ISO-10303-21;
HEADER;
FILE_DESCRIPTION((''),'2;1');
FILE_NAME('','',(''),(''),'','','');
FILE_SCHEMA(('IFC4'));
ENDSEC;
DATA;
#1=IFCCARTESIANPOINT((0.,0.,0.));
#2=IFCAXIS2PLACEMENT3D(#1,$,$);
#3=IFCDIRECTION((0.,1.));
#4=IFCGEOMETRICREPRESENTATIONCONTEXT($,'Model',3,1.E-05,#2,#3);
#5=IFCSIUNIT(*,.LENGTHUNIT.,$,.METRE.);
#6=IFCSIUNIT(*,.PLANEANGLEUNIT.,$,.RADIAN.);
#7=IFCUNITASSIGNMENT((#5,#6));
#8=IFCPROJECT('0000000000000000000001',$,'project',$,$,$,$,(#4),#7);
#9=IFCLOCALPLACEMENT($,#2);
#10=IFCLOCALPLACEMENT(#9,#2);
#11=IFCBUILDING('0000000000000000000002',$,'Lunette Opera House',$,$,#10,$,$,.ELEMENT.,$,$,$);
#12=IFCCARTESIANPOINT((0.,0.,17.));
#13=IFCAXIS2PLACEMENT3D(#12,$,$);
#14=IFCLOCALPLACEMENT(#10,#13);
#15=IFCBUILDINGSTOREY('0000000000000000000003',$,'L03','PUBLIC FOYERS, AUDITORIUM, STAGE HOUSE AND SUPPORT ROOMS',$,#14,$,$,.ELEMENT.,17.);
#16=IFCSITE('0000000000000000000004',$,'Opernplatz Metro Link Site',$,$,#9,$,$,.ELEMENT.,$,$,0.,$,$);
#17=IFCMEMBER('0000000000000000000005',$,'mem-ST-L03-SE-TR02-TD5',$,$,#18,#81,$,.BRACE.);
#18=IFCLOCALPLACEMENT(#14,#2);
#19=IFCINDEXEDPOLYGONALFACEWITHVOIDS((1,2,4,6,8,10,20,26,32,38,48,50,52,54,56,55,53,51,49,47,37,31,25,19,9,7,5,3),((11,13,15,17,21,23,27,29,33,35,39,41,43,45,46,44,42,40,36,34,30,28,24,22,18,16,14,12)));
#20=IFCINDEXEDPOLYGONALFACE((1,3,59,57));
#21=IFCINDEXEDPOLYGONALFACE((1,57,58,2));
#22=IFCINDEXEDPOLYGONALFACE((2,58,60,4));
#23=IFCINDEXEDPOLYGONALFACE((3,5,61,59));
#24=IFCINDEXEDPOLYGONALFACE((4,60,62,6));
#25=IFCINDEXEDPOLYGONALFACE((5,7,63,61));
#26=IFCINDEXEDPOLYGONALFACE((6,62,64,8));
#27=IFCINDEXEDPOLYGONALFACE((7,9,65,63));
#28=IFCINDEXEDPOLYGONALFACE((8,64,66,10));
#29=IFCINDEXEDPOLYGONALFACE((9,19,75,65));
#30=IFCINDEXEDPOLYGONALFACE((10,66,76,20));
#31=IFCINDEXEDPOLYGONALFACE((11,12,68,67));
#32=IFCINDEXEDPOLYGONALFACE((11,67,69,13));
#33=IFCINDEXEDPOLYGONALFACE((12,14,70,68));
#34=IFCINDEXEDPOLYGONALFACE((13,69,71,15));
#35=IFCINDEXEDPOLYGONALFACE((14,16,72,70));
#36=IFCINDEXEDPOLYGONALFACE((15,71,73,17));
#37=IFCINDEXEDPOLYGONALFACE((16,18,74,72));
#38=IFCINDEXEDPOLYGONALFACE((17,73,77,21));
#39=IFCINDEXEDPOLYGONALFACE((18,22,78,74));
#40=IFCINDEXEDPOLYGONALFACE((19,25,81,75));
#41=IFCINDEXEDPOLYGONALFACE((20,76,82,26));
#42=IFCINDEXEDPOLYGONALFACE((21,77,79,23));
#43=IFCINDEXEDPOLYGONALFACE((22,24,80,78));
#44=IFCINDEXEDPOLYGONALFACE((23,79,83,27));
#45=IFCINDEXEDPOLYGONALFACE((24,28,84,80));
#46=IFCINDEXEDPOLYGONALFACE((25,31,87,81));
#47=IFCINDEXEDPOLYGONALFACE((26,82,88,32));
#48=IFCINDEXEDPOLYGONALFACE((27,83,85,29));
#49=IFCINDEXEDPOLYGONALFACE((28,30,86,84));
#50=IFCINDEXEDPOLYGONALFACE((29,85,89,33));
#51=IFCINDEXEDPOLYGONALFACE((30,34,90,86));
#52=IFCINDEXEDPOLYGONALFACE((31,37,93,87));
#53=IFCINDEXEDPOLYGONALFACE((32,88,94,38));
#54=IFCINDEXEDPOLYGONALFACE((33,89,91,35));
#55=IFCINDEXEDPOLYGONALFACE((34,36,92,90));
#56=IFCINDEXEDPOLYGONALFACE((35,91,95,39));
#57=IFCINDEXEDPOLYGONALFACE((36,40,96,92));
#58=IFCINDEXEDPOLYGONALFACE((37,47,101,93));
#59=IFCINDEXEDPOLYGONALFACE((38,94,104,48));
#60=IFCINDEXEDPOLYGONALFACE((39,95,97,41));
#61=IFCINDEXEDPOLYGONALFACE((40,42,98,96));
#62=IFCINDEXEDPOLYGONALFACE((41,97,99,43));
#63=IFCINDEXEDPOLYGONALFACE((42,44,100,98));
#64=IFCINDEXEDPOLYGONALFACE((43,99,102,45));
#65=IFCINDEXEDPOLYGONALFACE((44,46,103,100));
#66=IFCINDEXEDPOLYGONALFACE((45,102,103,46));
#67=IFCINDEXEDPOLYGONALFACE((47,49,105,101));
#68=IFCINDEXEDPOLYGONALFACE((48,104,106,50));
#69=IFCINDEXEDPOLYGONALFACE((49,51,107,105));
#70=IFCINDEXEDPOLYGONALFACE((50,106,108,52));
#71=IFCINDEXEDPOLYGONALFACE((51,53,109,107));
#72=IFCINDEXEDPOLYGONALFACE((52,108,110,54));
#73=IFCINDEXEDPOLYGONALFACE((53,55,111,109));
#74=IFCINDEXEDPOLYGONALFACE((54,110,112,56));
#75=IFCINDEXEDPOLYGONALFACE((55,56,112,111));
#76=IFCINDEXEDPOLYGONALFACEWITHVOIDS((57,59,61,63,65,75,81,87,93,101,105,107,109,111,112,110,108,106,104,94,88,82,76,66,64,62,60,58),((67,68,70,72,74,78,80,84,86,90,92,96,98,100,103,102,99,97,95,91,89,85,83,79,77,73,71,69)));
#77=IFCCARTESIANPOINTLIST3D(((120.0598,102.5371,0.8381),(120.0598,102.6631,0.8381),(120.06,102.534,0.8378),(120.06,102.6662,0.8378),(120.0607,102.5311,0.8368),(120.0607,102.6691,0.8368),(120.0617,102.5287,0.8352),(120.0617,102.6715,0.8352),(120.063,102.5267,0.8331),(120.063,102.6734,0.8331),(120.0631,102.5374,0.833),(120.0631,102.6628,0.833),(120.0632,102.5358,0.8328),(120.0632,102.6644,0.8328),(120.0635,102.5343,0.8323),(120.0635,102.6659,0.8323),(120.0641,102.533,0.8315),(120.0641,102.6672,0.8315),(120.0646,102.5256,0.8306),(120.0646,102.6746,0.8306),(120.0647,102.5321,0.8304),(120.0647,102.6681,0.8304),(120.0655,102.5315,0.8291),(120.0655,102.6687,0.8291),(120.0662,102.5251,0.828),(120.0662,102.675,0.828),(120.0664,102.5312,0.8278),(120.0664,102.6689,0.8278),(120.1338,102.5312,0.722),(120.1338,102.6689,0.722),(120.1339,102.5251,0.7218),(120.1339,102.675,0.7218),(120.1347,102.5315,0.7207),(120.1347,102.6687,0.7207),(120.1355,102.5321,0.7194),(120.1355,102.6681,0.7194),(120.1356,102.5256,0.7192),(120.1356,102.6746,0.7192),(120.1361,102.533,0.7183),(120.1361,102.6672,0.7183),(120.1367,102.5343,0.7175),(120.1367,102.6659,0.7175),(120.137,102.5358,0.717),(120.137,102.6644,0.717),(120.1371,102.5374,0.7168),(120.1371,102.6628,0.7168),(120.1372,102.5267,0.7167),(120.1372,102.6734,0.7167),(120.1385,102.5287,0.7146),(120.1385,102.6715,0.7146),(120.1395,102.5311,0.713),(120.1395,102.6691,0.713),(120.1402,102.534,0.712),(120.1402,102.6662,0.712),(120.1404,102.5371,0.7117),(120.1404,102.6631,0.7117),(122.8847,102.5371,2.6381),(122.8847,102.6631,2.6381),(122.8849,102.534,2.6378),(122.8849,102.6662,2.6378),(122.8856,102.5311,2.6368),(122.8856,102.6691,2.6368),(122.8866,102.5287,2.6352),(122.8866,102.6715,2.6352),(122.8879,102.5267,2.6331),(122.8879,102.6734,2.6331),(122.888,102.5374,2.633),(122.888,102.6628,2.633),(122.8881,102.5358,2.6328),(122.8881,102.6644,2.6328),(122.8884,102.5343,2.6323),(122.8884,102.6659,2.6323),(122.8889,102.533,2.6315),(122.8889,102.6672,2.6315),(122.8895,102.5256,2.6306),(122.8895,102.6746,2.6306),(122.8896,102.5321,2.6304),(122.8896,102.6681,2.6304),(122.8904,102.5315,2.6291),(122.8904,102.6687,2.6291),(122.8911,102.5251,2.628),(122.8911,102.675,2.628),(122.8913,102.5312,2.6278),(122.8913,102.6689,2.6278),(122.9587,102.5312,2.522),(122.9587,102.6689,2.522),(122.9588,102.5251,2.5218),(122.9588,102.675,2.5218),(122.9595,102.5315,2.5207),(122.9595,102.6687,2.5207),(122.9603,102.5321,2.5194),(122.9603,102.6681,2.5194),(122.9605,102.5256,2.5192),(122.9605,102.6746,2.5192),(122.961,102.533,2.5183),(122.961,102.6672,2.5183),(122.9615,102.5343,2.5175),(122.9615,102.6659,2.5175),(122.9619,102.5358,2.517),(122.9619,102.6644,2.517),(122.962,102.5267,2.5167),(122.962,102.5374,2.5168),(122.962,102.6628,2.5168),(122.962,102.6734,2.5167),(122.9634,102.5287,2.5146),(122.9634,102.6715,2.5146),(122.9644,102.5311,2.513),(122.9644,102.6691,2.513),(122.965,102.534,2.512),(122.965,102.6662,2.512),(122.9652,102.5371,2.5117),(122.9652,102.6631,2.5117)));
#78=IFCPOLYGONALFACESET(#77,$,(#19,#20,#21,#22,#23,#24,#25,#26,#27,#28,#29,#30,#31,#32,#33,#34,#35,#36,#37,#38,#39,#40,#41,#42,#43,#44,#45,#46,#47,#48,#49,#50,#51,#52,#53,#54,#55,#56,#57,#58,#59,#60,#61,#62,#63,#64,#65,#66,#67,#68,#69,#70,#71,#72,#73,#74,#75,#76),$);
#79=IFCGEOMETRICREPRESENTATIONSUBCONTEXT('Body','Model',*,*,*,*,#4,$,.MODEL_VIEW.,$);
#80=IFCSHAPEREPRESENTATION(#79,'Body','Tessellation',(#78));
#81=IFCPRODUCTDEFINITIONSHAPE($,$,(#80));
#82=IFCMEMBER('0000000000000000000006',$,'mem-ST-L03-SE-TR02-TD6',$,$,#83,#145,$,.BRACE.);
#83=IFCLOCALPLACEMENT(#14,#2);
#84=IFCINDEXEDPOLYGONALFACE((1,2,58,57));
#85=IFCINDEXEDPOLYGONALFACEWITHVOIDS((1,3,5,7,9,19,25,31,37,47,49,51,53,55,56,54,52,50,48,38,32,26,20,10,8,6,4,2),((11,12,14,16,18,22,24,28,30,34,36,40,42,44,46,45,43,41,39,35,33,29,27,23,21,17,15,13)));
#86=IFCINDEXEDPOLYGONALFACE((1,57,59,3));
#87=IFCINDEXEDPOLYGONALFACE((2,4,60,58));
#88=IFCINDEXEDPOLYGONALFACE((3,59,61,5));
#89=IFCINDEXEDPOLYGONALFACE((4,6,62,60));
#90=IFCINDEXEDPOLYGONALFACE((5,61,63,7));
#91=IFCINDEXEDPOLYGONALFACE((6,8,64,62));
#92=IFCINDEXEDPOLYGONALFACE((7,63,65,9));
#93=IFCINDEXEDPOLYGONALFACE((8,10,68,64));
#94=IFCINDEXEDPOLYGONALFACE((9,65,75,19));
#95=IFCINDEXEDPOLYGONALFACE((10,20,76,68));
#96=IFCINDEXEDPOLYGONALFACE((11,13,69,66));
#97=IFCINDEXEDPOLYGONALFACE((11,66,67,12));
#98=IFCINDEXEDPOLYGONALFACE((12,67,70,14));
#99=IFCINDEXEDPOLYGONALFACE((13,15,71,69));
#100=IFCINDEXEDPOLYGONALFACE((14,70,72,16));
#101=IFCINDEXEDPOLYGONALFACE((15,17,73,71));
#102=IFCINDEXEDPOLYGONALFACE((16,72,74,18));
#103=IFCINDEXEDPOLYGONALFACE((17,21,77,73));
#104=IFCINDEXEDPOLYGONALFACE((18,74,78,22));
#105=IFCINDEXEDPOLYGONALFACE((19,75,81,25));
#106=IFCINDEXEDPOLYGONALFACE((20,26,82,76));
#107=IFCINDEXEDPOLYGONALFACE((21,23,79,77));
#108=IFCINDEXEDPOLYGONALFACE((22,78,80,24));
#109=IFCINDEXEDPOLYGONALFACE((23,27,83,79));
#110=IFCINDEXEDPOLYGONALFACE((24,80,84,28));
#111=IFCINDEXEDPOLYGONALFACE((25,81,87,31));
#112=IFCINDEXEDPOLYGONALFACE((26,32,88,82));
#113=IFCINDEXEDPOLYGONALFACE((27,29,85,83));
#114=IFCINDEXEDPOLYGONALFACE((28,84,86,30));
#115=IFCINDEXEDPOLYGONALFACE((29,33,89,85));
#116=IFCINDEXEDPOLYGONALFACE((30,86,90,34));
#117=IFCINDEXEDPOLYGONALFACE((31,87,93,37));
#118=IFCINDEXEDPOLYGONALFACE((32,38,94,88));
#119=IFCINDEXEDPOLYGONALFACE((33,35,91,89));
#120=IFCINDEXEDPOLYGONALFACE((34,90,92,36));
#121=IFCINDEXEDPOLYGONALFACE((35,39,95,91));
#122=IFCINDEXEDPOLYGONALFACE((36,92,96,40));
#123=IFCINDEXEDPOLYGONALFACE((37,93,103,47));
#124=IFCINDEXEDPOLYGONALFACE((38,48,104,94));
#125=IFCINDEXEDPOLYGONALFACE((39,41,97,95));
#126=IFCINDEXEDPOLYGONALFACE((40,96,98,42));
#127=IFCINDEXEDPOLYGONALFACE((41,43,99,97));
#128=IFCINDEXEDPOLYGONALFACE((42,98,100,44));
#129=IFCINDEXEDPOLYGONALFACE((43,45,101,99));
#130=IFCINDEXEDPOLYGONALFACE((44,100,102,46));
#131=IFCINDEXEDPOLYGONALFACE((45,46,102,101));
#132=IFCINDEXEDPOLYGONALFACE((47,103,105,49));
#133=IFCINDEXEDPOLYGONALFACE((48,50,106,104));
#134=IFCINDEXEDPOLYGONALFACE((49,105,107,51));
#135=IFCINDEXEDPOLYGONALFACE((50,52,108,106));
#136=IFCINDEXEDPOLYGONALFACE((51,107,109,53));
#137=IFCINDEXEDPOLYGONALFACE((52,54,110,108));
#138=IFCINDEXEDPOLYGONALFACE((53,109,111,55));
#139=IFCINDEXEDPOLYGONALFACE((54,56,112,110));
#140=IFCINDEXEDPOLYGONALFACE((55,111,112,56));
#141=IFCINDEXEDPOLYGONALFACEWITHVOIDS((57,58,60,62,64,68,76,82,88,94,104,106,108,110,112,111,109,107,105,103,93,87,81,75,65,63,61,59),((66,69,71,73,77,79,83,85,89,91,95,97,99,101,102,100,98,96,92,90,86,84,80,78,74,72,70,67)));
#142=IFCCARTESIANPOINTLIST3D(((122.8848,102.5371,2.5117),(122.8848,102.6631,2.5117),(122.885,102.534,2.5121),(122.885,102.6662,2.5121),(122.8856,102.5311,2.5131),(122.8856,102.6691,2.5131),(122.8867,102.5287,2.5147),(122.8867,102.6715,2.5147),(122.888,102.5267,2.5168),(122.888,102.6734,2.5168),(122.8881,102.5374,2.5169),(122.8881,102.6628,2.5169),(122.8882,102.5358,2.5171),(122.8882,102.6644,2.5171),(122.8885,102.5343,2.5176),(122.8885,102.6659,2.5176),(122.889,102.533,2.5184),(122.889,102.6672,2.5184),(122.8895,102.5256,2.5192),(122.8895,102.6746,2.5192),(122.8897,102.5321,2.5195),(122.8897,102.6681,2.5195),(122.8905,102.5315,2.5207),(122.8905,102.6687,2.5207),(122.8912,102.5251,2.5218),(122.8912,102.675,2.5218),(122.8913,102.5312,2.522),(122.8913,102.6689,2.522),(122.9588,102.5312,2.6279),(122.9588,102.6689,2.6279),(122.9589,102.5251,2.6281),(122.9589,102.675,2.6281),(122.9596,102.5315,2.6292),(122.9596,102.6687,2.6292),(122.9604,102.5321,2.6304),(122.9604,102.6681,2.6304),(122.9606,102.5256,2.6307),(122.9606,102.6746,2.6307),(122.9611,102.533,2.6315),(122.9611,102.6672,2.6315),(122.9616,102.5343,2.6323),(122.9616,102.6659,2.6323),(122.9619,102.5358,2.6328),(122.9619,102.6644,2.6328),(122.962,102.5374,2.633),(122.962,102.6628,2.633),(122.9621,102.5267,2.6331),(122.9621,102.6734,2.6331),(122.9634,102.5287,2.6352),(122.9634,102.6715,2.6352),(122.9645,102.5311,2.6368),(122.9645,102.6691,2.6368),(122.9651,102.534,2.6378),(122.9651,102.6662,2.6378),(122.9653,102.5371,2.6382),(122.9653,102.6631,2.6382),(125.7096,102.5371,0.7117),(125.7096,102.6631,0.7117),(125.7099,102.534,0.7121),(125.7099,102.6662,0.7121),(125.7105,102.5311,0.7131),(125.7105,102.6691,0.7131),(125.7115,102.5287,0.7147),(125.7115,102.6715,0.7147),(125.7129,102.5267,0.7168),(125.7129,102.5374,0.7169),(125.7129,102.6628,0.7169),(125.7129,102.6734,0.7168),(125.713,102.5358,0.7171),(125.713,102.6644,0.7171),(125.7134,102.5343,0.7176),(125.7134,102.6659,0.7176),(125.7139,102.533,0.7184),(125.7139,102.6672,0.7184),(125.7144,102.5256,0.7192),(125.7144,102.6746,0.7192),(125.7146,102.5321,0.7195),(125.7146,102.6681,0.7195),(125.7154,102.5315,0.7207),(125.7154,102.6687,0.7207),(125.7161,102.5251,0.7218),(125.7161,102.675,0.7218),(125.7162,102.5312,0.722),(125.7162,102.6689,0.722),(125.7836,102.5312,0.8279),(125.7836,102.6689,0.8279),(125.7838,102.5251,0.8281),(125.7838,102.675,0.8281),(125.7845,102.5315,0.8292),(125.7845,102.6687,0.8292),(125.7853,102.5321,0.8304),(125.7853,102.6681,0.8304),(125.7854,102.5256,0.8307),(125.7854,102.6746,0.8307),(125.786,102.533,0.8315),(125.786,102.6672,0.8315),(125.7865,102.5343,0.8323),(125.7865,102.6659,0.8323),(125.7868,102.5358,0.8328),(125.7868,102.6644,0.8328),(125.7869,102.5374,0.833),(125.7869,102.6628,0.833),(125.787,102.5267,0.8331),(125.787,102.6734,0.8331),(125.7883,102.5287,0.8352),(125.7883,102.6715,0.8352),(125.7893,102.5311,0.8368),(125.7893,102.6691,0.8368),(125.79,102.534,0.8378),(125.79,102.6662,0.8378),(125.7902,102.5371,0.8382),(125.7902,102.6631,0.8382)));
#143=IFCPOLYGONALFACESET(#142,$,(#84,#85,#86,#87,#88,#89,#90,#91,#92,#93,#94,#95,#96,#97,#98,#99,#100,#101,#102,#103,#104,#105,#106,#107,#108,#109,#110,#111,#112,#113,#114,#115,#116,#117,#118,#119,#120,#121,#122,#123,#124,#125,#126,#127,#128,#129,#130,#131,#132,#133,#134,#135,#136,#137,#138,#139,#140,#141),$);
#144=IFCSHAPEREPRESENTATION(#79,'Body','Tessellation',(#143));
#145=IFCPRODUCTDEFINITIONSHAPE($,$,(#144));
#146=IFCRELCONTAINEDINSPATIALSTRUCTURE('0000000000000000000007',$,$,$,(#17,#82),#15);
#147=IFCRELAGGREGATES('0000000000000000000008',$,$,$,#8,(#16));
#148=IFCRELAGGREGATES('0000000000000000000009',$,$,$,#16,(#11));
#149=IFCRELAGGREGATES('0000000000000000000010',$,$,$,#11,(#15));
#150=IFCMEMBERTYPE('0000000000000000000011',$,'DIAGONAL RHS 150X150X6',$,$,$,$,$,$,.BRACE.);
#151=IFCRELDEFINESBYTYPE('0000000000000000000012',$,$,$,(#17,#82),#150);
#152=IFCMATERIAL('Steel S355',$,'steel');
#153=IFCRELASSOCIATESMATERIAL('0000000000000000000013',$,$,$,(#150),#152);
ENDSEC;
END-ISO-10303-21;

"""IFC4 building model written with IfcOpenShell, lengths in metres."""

from ifc_helpers import new_model, si_unit, direction, frame, origin, origin_2d, place, context, subcontext, project, spatial, hollow_rectangle, extrude, material, material_profile, profile_set, type_object, element, save


model = new_model("IFC4")

# Units and contexts
model_context = context("Model", 3, precision=1e-05, world=origin(), true_north=direction((0.0, 1.0)))
body_context = subcontext(model_context, "Body", "Model", "MODEL_VIEW")
ifc_project = project(units=[si_unit("LENGTHUNIT", "METRE"), si_unit("PLANEANGLEUNIT", "RADIAN")], contexts=[model_context])

# Site, building, storey
site_placement = place(None, origin())
site = spatial("IfcSite", under=ifc_project, at=site_placement, Name="Opernplatz Metro Link Site", CompositionType="ELEMENT", RefElevation=0.0)
building_placement = place(site_placement, origin())
building = spatial("IfcBuilding", under=site, at=building_placement, Name="Lunette Opera House", CompositionType="ELEMENT")
storey_placement = place(building_placement, frame((0.0, 0.0, 17.0)))
storey = spatial("IfcBuildingStorey", under=building, at=storey_placement, Name="L03", Description="PUBLIC FOYERS, AUDITORIUM, STAGE HOUSE AND SUPPORT ROOMS", CompositionType="ELEMENT", Elevation=17.0)

# Members
ifc_material_1 = material(Name="Steel S355", Category="steel")
ifc_material_profile_1 = material_profile(ifc_material_1, hollow_rectangle(XDim=0.1499, YDim=0.1499, WallThickness=0.0061, InnerFilletRadius=0.0061, OuterFilletRadius=0.012, at=origin_2d()), Name="RHS 150X150X6")
ifc_profile_set_1 = profile_set([ifc_material_profile_1], Name="Steel S355")
member_type_1 = type_object("IfcMemberType", Name="DIAGONAL RHS 150X150X6", PredefinedType="BRACE", material=ifc_profile_set_1)
for number, where, z_axis, x_axis, name in (
    (1, (120.1001, 102.6001, 0.7749), (0.843343, 0.0, 0.537375), (0.0, 1.0, 0.0), "mem-ST-L03-SE-TR02-TD5"),
    (2, (122.925, 102.6001, 2.575), (0.843343, 0.0, -0.537375), (0.0, 1.0, 0.0), "mem-ST-L03-SE-TR02-TD6"),
):
    element("IfcMember", number, at=place(storey_placement, frame(where, z_axis=z_axis, x_axis=x_axis)), inside=storey, type_object=member_type_1, Name=name, PredefinedType="BRACE", context=body_context, shape_type="SweptSolid", body=[
        extrude(hollow_rectangle(XDim=0.1499, YDim=0.1499, WallThickness=0.0061, InnerFilletRadius=0.0061, OuterFilletRadius=0.012, at=origin_2d()), origin(), (0.0, 0.0, 1.0), 3.3496),
    ])

save(model, "model.ifc")
